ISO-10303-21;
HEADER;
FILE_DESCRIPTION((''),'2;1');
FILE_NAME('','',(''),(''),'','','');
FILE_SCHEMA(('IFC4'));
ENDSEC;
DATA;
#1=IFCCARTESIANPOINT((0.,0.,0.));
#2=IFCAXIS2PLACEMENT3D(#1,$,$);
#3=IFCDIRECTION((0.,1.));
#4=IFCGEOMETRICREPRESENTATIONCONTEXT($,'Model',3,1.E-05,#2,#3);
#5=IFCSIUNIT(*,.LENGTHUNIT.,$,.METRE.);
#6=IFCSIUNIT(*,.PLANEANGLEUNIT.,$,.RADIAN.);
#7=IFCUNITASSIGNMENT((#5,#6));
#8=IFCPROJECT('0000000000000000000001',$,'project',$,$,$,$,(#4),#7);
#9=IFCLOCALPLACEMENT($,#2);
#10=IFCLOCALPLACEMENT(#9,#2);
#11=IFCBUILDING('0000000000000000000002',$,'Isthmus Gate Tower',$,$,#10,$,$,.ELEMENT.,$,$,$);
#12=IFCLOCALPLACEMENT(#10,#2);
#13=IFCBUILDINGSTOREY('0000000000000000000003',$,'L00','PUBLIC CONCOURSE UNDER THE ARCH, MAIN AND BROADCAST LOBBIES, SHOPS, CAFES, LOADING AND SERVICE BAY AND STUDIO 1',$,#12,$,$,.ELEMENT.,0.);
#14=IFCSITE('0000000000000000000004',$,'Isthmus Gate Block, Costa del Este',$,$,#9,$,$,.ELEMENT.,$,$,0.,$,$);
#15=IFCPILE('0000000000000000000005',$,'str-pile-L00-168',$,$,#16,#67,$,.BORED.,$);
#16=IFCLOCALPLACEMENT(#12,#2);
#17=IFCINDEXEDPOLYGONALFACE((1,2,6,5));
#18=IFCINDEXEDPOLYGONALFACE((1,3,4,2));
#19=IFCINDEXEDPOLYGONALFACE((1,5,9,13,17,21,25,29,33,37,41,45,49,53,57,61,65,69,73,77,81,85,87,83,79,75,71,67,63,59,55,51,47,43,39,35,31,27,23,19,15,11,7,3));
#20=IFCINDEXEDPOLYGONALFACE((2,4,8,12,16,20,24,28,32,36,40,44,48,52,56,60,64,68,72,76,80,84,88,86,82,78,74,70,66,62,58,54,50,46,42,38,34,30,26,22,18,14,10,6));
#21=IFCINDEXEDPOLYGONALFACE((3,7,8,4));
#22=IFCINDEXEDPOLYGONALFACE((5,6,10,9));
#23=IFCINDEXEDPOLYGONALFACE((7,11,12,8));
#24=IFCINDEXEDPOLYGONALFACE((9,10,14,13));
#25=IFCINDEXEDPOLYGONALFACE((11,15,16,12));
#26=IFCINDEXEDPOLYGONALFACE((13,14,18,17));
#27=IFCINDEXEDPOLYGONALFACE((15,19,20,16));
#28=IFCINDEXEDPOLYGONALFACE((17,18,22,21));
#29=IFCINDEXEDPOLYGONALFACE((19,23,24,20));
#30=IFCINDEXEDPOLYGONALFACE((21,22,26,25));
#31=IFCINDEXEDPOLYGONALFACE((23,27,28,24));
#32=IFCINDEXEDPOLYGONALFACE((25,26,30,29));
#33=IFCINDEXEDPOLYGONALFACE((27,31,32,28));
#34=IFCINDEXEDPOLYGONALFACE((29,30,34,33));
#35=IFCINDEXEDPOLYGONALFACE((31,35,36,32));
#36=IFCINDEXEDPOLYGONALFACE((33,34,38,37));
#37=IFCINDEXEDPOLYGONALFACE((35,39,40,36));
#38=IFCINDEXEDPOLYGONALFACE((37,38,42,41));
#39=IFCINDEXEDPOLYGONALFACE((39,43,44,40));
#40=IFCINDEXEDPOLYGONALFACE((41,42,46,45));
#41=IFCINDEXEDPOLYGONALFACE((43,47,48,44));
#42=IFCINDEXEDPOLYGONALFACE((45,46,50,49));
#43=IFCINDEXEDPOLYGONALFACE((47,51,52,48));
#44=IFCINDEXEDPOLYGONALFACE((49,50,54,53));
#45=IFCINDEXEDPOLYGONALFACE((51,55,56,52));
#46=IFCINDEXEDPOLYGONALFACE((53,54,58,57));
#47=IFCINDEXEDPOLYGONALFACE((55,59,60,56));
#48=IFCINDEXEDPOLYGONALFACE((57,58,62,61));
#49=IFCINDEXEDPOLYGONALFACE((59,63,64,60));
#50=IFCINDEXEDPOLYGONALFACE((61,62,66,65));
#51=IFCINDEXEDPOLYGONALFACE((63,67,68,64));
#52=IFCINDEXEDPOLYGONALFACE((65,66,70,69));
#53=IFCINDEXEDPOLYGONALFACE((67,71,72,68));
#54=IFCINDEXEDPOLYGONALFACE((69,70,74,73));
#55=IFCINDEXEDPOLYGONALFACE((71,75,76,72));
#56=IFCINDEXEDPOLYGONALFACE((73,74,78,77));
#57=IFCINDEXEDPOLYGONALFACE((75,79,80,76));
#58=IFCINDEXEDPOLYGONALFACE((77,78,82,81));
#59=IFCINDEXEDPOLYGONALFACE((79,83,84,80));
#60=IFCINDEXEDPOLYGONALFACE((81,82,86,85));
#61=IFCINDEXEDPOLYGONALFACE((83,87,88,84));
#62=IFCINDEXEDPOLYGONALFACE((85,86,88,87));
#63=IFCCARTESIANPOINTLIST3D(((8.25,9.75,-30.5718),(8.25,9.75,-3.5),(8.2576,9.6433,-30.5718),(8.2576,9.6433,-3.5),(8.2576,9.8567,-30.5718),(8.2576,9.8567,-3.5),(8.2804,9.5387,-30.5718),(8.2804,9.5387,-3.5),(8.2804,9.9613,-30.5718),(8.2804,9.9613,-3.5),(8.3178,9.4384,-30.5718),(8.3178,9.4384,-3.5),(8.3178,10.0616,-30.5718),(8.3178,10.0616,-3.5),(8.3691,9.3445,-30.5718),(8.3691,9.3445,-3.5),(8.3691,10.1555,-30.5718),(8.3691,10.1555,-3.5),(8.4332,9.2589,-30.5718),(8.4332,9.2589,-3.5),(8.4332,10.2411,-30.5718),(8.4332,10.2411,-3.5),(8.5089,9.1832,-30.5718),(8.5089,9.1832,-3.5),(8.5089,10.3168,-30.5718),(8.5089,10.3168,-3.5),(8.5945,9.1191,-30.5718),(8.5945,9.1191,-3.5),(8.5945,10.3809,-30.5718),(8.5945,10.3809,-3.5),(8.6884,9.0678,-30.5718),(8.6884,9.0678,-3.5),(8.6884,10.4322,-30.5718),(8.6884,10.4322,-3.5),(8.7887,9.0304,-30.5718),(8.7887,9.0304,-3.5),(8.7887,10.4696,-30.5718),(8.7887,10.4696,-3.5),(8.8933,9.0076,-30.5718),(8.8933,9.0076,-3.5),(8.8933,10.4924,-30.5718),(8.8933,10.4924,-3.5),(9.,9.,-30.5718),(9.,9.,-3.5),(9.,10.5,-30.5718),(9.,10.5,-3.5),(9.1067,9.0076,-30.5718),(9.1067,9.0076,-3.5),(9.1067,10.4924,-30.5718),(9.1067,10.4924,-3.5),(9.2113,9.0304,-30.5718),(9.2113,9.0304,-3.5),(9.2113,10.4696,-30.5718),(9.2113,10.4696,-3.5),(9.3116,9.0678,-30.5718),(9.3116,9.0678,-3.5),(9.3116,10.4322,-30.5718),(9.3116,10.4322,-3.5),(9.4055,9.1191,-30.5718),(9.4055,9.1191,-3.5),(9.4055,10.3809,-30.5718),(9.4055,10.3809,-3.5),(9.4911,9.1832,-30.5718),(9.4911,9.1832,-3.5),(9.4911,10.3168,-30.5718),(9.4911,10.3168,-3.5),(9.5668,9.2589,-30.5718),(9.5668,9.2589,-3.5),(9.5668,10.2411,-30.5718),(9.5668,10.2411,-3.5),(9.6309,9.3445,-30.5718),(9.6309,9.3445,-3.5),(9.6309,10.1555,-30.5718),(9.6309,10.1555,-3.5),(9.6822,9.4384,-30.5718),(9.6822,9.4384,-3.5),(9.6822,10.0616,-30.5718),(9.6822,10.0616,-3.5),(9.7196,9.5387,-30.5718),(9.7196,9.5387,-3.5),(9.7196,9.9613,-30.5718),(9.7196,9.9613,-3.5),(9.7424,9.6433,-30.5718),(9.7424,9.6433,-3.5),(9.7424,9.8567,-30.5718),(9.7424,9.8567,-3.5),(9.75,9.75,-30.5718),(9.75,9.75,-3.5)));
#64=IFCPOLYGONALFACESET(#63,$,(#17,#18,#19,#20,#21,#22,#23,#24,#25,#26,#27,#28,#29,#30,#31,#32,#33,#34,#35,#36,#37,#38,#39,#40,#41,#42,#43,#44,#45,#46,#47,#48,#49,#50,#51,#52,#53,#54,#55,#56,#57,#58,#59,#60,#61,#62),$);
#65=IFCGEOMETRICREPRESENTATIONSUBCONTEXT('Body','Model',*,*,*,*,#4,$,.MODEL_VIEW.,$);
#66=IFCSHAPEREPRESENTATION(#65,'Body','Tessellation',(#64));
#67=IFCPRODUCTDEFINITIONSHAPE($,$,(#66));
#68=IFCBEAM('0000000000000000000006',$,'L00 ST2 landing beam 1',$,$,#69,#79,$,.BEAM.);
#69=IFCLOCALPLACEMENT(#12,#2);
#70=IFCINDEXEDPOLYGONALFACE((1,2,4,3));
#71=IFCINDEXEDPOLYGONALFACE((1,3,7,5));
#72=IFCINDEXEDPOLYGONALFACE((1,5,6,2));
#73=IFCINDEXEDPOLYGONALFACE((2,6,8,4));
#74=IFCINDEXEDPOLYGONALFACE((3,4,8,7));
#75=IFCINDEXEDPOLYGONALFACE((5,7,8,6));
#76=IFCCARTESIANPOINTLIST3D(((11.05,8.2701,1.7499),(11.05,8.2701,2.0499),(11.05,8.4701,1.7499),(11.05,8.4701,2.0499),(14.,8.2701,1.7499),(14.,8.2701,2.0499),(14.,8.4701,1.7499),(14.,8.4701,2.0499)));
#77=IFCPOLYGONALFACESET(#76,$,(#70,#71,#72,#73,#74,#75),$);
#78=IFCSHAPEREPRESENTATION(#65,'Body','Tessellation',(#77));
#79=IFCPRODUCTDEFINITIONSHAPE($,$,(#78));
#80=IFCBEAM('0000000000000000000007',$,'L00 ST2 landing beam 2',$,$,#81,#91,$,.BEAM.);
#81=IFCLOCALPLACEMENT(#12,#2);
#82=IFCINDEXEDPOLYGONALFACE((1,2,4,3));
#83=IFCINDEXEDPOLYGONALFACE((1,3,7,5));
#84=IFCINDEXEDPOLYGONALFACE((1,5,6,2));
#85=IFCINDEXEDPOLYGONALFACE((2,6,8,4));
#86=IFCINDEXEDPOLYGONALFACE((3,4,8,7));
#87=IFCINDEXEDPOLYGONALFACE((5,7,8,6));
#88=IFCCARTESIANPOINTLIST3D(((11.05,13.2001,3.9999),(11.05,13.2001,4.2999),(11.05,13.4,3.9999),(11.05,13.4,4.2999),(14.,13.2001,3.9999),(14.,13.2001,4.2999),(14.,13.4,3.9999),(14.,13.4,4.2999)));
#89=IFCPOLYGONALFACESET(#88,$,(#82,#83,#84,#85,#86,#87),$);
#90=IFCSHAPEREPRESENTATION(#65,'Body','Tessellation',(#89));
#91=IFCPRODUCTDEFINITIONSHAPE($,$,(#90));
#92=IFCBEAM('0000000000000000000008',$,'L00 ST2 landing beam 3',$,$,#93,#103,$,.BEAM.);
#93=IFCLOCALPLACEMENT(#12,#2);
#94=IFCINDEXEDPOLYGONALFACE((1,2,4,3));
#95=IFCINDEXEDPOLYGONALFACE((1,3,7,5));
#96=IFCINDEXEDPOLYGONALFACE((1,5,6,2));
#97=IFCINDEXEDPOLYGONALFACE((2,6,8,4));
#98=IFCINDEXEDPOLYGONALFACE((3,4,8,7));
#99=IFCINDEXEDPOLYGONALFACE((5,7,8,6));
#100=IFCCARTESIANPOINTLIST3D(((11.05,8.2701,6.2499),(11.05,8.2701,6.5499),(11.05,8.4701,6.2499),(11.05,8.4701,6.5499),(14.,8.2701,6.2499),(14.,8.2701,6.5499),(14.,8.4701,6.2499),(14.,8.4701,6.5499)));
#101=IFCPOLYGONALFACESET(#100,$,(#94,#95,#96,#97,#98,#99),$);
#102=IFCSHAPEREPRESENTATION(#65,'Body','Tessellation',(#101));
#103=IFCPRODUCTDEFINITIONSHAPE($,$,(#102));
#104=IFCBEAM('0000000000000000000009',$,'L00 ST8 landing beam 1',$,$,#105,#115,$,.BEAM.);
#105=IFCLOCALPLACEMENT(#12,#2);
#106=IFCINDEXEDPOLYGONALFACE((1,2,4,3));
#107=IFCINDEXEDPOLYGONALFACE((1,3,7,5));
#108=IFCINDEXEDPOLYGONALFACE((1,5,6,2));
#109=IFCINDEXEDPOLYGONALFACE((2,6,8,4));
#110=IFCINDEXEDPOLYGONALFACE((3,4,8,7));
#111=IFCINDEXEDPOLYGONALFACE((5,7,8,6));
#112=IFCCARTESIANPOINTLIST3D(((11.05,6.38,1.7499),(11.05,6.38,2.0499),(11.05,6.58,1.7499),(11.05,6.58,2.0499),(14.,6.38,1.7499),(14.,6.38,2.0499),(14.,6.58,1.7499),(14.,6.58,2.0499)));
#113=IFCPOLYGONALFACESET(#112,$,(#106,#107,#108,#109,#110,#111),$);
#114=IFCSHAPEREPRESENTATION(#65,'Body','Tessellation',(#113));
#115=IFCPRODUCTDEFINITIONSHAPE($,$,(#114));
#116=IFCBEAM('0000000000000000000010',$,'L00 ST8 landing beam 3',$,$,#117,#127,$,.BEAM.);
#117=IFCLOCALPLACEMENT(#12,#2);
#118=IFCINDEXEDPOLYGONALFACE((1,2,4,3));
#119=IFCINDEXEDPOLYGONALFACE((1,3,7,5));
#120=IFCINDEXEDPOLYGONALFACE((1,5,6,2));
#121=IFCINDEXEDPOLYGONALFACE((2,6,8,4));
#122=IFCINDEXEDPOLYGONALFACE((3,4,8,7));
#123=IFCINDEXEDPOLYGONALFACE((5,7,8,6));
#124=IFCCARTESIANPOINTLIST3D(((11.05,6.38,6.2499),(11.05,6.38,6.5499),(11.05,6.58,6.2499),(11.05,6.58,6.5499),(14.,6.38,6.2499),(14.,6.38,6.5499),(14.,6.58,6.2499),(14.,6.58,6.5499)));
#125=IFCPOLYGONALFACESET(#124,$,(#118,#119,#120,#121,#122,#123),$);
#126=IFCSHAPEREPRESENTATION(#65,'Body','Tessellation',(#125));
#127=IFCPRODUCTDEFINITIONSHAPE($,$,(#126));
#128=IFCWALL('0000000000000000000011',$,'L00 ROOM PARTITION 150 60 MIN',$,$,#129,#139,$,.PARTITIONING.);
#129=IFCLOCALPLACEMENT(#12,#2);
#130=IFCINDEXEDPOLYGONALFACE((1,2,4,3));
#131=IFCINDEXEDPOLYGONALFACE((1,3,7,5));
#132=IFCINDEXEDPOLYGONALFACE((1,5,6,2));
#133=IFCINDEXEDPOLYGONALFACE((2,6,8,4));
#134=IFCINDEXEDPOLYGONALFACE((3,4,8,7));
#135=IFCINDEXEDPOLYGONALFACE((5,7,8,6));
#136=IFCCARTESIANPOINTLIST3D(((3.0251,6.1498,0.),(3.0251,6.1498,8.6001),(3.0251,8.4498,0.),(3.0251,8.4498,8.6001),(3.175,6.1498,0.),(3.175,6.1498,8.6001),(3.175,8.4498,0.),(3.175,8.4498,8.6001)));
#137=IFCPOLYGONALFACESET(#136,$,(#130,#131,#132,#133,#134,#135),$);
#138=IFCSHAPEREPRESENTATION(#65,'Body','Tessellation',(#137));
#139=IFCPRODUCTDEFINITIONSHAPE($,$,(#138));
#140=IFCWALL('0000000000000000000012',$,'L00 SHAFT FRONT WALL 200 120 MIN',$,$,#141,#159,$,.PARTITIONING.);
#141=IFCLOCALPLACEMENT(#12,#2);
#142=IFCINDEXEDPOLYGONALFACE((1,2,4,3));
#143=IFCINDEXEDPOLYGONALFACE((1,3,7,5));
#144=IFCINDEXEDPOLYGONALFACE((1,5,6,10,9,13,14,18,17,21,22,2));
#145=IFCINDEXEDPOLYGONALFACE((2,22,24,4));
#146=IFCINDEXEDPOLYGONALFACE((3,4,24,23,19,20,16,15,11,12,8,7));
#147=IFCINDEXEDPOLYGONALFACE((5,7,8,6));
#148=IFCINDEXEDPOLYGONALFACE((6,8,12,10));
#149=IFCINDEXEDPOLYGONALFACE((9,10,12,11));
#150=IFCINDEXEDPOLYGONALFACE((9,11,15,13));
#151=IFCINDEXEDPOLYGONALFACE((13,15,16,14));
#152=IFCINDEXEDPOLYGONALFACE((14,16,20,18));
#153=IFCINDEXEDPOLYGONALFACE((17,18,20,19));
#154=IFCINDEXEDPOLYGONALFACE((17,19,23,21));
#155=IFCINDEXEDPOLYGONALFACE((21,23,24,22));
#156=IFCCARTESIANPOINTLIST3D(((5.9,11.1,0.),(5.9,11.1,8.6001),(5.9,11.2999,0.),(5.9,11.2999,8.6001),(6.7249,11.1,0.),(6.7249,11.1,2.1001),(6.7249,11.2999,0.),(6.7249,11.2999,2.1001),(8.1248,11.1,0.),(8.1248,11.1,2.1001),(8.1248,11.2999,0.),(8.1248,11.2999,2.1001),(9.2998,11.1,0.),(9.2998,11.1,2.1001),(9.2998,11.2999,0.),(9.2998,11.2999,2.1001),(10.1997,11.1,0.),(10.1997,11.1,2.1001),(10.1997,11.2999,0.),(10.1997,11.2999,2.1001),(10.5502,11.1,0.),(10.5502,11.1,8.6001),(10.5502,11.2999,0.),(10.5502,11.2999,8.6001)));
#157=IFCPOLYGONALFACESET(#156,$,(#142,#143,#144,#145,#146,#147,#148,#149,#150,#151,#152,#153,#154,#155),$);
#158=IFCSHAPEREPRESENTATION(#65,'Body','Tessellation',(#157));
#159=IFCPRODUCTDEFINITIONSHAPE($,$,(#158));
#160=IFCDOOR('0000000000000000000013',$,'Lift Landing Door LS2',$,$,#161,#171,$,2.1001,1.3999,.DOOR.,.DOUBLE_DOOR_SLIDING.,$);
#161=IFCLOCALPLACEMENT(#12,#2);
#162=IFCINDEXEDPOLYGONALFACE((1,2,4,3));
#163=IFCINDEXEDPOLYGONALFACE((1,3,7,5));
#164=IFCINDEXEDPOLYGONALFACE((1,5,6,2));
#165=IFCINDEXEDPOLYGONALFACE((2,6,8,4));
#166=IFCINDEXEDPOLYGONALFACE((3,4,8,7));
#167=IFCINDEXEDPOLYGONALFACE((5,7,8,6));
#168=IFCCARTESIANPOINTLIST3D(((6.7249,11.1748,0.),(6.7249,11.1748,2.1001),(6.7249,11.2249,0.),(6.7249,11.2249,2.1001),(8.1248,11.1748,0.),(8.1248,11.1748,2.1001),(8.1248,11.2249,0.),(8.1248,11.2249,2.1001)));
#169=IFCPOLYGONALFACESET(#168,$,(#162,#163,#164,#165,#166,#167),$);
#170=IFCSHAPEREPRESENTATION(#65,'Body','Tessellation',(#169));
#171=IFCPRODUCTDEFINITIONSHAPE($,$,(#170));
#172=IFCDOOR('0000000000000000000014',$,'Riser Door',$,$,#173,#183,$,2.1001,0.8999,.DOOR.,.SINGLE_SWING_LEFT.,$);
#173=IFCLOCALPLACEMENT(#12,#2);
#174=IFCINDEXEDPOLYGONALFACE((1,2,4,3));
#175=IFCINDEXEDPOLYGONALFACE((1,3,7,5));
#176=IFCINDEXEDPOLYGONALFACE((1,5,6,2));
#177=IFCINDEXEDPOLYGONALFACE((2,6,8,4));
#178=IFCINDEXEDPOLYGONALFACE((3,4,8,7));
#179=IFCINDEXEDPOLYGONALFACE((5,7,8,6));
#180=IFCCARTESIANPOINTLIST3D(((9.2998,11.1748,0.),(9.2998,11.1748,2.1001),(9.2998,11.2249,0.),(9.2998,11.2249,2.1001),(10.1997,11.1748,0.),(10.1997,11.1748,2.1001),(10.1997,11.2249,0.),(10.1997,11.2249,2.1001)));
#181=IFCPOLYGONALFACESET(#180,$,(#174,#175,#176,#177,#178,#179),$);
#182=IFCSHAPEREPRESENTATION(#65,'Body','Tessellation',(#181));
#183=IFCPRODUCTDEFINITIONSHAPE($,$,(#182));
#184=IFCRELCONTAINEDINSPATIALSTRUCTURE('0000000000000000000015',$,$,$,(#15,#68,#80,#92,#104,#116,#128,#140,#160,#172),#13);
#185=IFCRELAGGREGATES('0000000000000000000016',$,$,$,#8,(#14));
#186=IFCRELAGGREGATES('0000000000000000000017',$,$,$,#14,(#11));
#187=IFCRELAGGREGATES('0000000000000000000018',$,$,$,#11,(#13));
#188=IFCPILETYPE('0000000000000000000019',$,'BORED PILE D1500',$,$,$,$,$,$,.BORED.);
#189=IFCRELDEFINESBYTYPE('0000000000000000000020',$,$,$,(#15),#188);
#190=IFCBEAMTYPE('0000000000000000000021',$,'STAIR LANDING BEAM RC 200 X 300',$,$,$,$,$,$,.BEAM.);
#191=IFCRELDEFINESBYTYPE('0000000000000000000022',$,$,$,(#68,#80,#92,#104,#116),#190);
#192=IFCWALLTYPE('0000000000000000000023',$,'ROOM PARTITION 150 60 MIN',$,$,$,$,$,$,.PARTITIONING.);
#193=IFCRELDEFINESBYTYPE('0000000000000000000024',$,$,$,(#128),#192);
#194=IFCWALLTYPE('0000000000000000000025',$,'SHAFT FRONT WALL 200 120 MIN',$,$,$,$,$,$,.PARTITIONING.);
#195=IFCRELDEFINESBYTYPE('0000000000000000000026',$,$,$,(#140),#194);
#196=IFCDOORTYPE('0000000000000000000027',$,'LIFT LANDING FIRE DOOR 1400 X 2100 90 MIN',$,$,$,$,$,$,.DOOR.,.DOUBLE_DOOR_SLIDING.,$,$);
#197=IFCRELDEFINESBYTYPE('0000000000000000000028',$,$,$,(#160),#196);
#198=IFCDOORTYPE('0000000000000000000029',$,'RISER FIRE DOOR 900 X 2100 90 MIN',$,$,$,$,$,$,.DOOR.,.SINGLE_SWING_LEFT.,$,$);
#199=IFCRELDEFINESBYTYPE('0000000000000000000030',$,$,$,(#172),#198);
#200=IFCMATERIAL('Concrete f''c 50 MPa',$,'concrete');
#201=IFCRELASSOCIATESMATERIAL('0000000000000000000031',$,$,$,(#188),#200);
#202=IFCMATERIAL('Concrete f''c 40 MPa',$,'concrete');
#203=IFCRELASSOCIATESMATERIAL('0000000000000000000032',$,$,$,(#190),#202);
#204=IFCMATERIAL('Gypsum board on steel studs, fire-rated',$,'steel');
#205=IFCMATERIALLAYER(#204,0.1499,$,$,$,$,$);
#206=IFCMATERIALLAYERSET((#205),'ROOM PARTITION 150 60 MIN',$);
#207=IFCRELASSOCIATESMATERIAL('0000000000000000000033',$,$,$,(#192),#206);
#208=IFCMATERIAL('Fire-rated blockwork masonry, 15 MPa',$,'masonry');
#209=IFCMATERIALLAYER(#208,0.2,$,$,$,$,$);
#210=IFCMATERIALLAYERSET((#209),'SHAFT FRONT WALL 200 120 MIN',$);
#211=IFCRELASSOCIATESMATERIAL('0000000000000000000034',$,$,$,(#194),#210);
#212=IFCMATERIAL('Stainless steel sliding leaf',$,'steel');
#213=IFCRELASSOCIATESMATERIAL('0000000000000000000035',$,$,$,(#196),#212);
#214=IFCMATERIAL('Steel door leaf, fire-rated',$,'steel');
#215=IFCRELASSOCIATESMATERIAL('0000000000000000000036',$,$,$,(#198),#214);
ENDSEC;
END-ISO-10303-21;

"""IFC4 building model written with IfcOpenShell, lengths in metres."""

from ifc_helpers import new_model, si_unit, direction, frame, frame_2d, origin, origin_2d, place, context, subcontext, project, spatial, rectangle, circle, extrude, material, layer, layer_set, material_profile, profile_set, type_object, element, fill, save


model = new_model("IFC4")

# Units and contexts
model_context = context("Model", 3, precision=1e-05, world=origin(), true_north=direction((0.0, 1.0)))
body_context = subcontext(model_context, "Body", "Model", "MODEL_VIEW")
ifc_project = project(units=[si_unit("LENGTHUNIT", "METRE"), si_unit("PLANEANGLEUNIT", "RADIAN")], contexts=[model_context])

# Site, building, storey
site_placement = place(None, origin())
site = spatial("IfcSite", under=ifc_project, at=site_placement, Name="Isthmus Gate Block, Costa del Este", CompositionType="ELEMENT", RefElevation=0.0)
building_placement = place(site_placement, origin())
building = spatial("IfcBuilding", under=site, at=building_placement, Name="Isthmus Gate Tower", CompositionType="ELEMENT")
storey_placement = place(building_placement, origin())
storey = spatial("IfcBuildingStorey", under=building, at=storey_placement, Name="L00", Description="PUBLIC CONCOURSE UNDER THE ARCH, MAIN AND BROADCAST LOBBIES, SHOPS, CAFES, LOADING AND SERVICE BAY AND STUDIO 1", CompositionType="ELEMENT", Elevation=0.0)

# Pile
ifc_material_1 = material(Name="Concrete f'c 50 MPa", Category="concrete")
ifc_material_profile_1 = material_profile(ifc_material_1, circle(Radius=0.75, at=origin_2d()), Name="D1500")
ifc_profile_set_1 = profile_set([ifc_material_profile_1], Name="Concrete f'c 50 MPa")
pile_type = type_object("IfcPileType", Name="BORED PILE D1500", PredefinedType="BORED", material=ifc_profile_set_1)
pile_1_placement = place(storey_placement, frame((9.0, 9.75, -3.5), z_axis=(0.0, 0.0, -1.0), x_axis=(1.0, 0.0, 0.0)))
element("IfcPile", 1, at=pile_1_placement, inside=storey, type_object=pile_type, Name="str-pile-L00-168", PredefinedType="BORED", context=body_context, shape_type="SweptSolid", body=[
    extrude(circle(Radius=0.75, at=origin_2d()), origin(), (0.0, 0.0, 1.0), 27.0718),
])

# Beams
ifc_material_2 = material(Name="Concrete f'c 40 MPa", Category="concrete")
ifc_material_profile_2 = material_profile(ifc_material_2, rectangle(XDim=0.2, YDim=0.3, at=origin_2d()), Name="STAIR LANDING BEAM RC 200 X 300")
ifc_profile_set_2 = profile_set([ifc_material_profile_2], Name="Concrete f'c 40 MPa")
beam_type = type_object("IfcBeamType", Name="STAIR LANDING BEAM RC 200 X 300", PredefinedType="BEAM", material=ifc_profile_set_2)
for number, where, z_axis, x_axis, name in (
    (2, (11.05, 8.3701, 1.8999), (1.0, 0.0, 0.0), (0.0, 1.0, 0.0), "L00 ST2 landing beam 1"),
    (3, (11.05, 13.3, 4.1499), (1.0, 0.0, 0.0), (0.0, 1.0, 0.0), "L00 ST2 landing beam 2"),
    (4, (11.05, 8.3701, 6.3999), (1.0, 0.0, 0.0), (0.0, 1.0, 0.0), "L00 ST2 landing beam 3"),
    (5, (11.05, 6.48, 1.8999), (1.0, 0.0, 0.0), (0.0, 1.0, 0.0), "L00 ST8 landing beam 1"),
    (6, (11.05, 6.48, 6.3999), (1.0, 0.0, 0.0), (0.0, 1.0, 0.0), "L00 ST8 landing beam 3"),
):
    element("IfcBeam", number, at=place(storey_placement, frame(where, z_axis=z_axis, x_axis=x_axis)), inside=storey, type_object=beam_type, Name=name, PredefinedType="BEAM", context=body_context, shape_type="SweptSolid", body=[
        extrude(rectangle(XDim=0.2, YDim=0.3, at=origin_2d()), origin(), (0.0, 0.0, 1.0), 2.95),
    ])

# Wall
ifc_material_3 = material(Name="Gypsum board on steel studs, fire-rated", Category="steel")
ifc_layer_1 = layer(ifc_material_3, 0.1499)
ifc_layer_set_1 = layer_set([ifc_layer_1], Name="ROOM PARTITION 150 60 MIN")
wall_type_1 = type_object("IfcWallType", Name="ROOM PARTITION 150 60 MIN", PredefinedType="PARTITIONING", material=ifc_layer_set_1)
wall_1_placement = place(storey_placement, frame((3.1001, 6.1499, 0.0), z_axis=(0.0, 0.0, 1.0), x_axis=(0.0, 1.0, 0.0)))
element("IfcWall", 7, at=wall_1_placement, inside=storey, type_object=wall_type_1, Name="L00 ROOM PARTITION 150 60 MIN", PredefinedType="PARTITIONING", context=body_context, shape_type="SweptSolid", body=[
    extrude(rectangle(XDim=2.3, YDim=0.1499, at=frame_2d((1.1499, 0.0))), origin(), (0.0, 0.0, 1.0), 8.6001),
])

# Wall, openings, doors
ifc_material_4 = material(Name="Fire-rated blockwork masonry, 15 MPa", Category="masonry")
ifc_layer_2 = layer(ifc_material_4, 0.2)
ifc_layer_set_2 = layer_set([ifc_layer_2], Name="SHAFT FRONT WALL 200 120 MIN")
wall_type_2 = type_object("IfcWallType", Name="SHAFT FRONT WALL 200 120 MIN", PredefinedType="PARTITIONING", material=ifc_layer_set_2)
wall_2_placement = place(storey_placement, frame((5.8999, 11.2, 0.0), z_axis=(0.0, 0.0, 1.0), x_axis=(1.0, 0.0, 0.0)))
wall_2 = element("IfcWall", 8, at=wall_2_placement, inside=storey, type_object=wall_type_2, Name="L00 SHAFT FRONT WALL 200 120 MIN", PredefinedType="PARTITIONING", context=body_context, shape_type="SweptSolid", body=[
    extrude(rectangle(XDim=4.6501, YDim=0.2, at=frame_2d((2.3252, 0.0))), origin(), (0.0, 0.0, 1.0), 8.6001),
])
opening_1_placement = place(wall_2_placement, frame((0.825, 0.0, 0.0)))
opening_1 = element("IfcOpeningElement", 9, at=opening_1_placement, cuts=wall_2, PredefinedType="OPENING", context=body_context, shape_type="SweptSolid", body=[
    extrude(rectangle(XDim=1.3999, YDim=2.1001, at=frame_2d((0.7, 1.05))), frame((0.0, 0.1099, 0.0), z_axis=(0.0, -1.0, 0.0), x_axis=(1.0, 0.0, 0.0)), (0.0, 0.0, 1.0), 0.22),
])
opening_2_placement = place(wall_2_placement, frame((3.3999, 0.0, 0.0)))
opening_2 = element("IfcOpeningElement", 10, at=opening_2_placement, cuts=wall_2, PredefinedType="OPENING", context=body_context, shape_type="SweptSolid", body=[
    extrude(rectangle(XDim=0.8999, YDim=2.1001, at=frame_2d((0.45, 1.05))), frame((0.0, 0.1099, 0.0), z_axis=(0.0, -1.0, 0.0), x_axis=(1.0, 0.0, 0.0)), (0.0, 0.0, 1.0), 0.22),
])
ifc_material_5 = material(Name="Stainless steel sliding leaf", Category="steel")
door_type_1 = type_object("IfcDoorType", Name="LIFT LANDING FIRE DOOR 1400 X 2100 90 MIN", OperationType="DOUBLE_DOOR_SLIDING", PredefinedType="DOOR", material=ifc_material_5)
door_1_placement = place(opening_1_placement, origin())
door_1 = element("IfcDoor", 11, at=door_1_placement, inside=storey, type_object=door_type_1, Name="Lift Landing Door LS2", OperationType="DOUBLE_DOOR_SLIDING", OverallHeight=2.1001, OverallWidth=1.3999, PredefinedType="DOOR", context=body_context, shape_type="SweptSolid", body=[
    extrude(rectangle(XDim=1.3999, YDim=2.1001, at=frame_2d((0.7, 1.05))), frame((0.0, 0.0249, 0.0), z_axis=(0.0, -1.0, 0.0), x_axis=(1.0, 0.0, 0.0)), (0.0, 0.0, 1.0), 0.05),
])
fill(opening_1, door_1)
ifc_material_6 = material(Name="Steel door leaf, fire-rated", Category="steel")
door_type_2 = type_object("IfcDoorType", Name="RISER FIRE DOOR 900 X 2100 90 MIN", OperationType="SINGLE_SWING_LEFT", PredefinedType="DOOR", material=ifc_material_6)
door_2_placement = place(opening_2_placement, origin())
door_2 = element("IfcDoor", 12, at=door_2_placement, inside=storey, type_object=door_type_2, Name="Riser Door", OperationType="SINGLE_SWING_LEFT", OverallHeight=2.1001, OverallWidth=0.8999, PredefinedType="DOOR", context=body_context, shape_type="SweptSolid", body=[
    extrude(rectangle(XDim=0.8999, YDim=2.1001, at=frame_2d((0.45, 1.05))), frame((0.0, 0.0249, 0.0), z_axis=(0.0, -1.0, 0.0), x_axis=(1.0, 0.0, 0.0)), (0.0, 0.0, 1.0), 0.05),
])
fill(opening_2, door_2)

save(model, "model.ifc")
